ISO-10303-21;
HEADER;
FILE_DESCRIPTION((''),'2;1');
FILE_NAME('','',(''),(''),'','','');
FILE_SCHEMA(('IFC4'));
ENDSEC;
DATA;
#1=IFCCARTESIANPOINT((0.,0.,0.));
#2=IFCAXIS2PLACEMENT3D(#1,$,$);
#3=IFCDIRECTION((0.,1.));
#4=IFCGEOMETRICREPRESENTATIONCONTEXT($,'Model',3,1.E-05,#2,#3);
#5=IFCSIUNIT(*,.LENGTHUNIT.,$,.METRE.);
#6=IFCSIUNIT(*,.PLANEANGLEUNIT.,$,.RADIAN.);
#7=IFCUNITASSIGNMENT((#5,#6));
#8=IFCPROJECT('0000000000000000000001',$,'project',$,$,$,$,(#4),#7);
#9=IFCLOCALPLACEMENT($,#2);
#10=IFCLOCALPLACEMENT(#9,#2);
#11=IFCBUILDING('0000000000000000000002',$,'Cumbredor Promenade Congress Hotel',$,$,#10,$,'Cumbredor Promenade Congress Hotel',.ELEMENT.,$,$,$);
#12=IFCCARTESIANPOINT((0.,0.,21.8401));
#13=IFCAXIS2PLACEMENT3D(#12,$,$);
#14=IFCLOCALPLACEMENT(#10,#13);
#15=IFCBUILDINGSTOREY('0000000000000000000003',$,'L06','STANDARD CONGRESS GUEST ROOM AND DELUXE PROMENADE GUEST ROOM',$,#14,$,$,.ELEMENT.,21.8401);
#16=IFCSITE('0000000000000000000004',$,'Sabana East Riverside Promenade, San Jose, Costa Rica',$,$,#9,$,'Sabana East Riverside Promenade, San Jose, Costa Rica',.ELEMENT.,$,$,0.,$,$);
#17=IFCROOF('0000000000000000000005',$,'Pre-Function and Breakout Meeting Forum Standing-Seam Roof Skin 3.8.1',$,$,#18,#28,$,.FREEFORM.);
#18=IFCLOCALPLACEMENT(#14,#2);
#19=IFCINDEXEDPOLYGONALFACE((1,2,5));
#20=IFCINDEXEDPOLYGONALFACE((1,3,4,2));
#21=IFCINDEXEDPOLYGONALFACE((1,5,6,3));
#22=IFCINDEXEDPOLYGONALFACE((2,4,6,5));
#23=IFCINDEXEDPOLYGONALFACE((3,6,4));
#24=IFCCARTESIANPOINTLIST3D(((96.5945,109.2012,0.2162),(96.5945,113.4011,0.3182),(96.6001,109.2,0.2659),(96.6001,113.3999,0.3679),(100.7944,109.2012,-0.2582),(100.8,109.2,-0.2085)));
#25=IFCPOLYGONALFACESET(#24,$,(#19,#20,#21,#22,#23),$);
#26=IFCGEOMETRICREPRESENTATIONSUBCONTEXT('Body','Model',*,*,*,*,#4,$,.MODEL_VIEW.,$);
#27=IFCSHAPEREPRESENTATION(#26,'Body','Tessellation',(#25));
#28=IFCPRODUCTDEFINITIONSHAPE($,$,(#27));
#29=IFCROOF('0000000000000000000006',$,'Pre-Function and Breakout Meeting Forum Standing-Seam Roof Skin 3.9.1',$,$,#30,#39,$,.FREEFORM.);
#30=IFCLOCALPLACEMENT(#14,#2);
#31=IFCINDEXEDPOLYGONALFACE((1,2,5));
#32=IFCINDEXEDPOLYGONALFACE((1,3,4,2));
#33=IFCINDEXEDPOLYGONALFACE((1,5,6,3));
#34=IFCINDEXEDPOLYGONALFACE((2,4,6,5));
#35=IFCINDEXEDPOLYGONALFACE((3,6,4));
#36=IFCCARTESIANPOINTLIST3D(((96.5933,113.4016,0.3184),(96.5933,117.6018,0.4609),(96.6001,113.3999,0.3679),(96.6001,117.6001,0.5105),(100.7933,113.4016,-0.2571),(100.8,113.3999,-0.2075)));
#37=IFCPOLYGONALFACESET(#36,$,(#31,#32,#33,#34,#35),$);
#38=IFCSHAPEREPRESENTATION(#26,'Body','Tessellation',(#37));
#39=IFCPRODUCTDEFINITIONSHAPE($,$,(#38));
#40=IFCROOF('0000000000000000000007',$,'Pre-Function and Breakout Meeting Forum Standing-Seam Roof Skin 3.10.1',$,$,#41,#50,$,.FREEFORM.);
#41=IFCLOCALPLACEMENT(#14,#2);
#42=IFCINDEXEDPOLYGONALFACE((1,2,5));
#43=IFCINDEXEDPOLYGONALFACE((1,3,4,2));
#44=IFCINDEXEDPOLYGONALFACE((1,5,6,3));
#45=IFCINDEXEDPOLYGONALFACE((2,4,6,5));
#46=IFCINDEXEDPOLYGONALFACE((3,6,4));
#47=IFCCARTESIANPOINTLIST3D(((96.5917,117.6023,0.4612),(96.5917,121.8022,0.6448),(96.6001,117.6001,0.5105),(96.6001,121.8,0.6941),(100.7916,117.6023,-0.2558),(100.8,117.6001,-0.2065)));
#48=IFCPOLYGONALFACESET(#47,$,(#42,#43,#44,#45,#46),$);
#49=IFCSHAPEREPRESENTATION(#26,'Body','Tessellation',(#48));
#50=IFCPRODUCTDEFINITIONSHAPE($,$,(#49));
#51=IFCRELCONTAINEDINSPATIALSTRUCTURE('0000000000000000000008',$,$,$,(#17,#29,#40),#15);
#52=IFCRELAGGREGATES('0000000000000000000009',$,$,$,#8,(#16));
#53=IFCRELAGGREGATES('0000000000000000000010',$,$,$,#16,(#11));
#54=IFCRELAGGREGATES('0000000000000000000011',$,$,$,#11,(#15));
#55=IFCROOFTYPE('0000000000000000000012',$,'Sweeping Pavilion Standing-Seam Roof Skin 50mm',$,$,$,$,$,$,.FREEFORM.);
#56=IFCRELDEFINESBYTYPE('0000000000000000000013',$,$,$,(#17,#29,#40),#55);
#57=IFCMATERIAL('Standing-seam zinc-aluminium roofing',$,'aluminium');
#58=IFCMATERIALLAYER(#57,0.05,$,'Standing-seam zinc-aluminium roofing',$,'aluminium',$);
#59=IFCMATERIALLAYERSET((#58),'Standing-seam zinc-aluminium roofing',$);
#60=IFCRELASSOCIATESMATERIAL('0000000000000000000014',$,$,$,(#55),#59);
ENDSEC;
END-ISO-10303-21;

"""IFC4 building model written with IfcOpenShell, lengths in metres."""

from ifc_helpers import new_model, si_unit, direction, frame, origin, place, context, subcontext, project, spatial, polyline, outline, extrude, material, layer, layer_set, type_object, element, save


model = new_model("IFC4")

# Units and contexts
model_context = context("Model", 3, precision=1e-05, world=origin(), true_north=direction((0.0, 1.0)))
body_context = subcontext(model_context, "Body", "Model", "MODEL_VIEW")
ifc_project = project(units=[si_unit("LENGTHUNIT", "METRE"), si_unit("PLANEANGLEUNIT", "RADIAN")], contexts=[model_context])

# Site, building, storey
site_placement = place(None, origin())
site = spatial("IfcSite", under=ifc_project, at=site_placement, Name="Sabana East Riverside Promenade, San Jose, Costa Rica", LongName="Sabana East Riverside Promenade, San Jose, Costa Rica", CompositionType="ELEMENT", RefElevation=0.0)
building_placement = place(site_placement, origin())
building = spatial("IfcBuilding", under=site, at=building_placement, Name="Cumbredor Promenade Congress Hotel", LongName="Cumbredor Promenade Congress Hotel", CompositionType="ELEMENT")
storey_placement = place(building_placement, frame((0.0, 0.0, 21.8401)))
storey = spatial("IfcBuildingStorey", under=building, at=storey_placement, Name="L06", Description="STANDARD CONGRESS GUEST ROOM AND DELUXE PROMENADE GUEST ROOM", CompositionType="ELEMENT", Elevation=21.8401)

# Roofs
ifc_material_1 = material(Name="Standing-seam zinc-aluminium roofing", Category="aluminium")
ifc_layer_1 = layer(ifc_material_1, 0.05, Name="Standing-seam zinc-aluminium roofing", Category="aluminium")
ifc_layer_set_1 = layer_set([ifc_layer_1], Name="Standing-seam zinc-aluminium roofing")
roof_type = type_object("IfcRoofType", Name="Sweeping Pavilion Standing-Seam Roof Skin 50mm", PredefinedType="FREEFORM", material=ifc_layer_set_1)
roof_1_placement = place(storey_placement, frame((96.6001, 109.2, 0.2659), z_axis=(0.112199, -0.024138, 0.993393), x_axis=(0.993682, 0.0, -0.112232)))
element("IfcRoof", 1, at=roof_1_placement, inside=storey, type_object=roof_type, Name="Pre-Function and Breakout Meeting Forum Standing-Seam Roof Skin 3.8.1", PredefinedType="FREEFORM", context=body_context, shape_type="SweptSolid", body=[
    extrude(outline(polyline([(0.0, 0.0), (4.2267, 0.0), (-0.0115, 4.2012), (0.0, 0.0)])), origin(), (0.0, 0.0, -1.0), 0.05),
])
roof_2_placement = place(storey_placement, frame((96.6001, 113.3999, 0.3679), z_axis=(0.135666, -0.033612, 0.990184), x_axis=(0.990744, 0.0, -0.135743)))
element("IfcRoof", 2, at=roof_2_placement, inside=storey, type_object=roof_type, Name="Pre-Function and Breakout Meeting Forum Standing-Seam Roof Skin 3.9.1", PredefinedType="FREEFORM", context=body_context, shape_type="SweptSolid", body=[
    extrude(outline(polyline([(0.0, 0.0), (4.2392, 0.0), (-0.0194, 4.2026), (0.0, 0.0)])), origin(), (0.0, 0.0, -1.0), 0.05),
])
roof_3_placement = place(storey_placement, frame((96.6001, 117.6001, 0.5105), z_axis=(0.168135, -0.04305, 0.984823), x_axis=(0.985737, 0.0, -0.168291)))
element("IfcRoof", 3, at=roof_3_placement, inside=storey, type_object=roof_type, Name="Pre-Function and Breakout Meeting Forum Standing-Seam Roof Skin 3.10.1", PredefinedType="FREEFORM", context=body_context, shape_type="SweptSolid", body=[
    extrude(outline(polyline([(0.0, 0.0), (4.2607, 0.0), (-0.0309, 4.2038), (0.0, 0.0)])), origin(), (0.0, 0.0, -1.0), 0.05),
])

save(model, "model.ifc")
